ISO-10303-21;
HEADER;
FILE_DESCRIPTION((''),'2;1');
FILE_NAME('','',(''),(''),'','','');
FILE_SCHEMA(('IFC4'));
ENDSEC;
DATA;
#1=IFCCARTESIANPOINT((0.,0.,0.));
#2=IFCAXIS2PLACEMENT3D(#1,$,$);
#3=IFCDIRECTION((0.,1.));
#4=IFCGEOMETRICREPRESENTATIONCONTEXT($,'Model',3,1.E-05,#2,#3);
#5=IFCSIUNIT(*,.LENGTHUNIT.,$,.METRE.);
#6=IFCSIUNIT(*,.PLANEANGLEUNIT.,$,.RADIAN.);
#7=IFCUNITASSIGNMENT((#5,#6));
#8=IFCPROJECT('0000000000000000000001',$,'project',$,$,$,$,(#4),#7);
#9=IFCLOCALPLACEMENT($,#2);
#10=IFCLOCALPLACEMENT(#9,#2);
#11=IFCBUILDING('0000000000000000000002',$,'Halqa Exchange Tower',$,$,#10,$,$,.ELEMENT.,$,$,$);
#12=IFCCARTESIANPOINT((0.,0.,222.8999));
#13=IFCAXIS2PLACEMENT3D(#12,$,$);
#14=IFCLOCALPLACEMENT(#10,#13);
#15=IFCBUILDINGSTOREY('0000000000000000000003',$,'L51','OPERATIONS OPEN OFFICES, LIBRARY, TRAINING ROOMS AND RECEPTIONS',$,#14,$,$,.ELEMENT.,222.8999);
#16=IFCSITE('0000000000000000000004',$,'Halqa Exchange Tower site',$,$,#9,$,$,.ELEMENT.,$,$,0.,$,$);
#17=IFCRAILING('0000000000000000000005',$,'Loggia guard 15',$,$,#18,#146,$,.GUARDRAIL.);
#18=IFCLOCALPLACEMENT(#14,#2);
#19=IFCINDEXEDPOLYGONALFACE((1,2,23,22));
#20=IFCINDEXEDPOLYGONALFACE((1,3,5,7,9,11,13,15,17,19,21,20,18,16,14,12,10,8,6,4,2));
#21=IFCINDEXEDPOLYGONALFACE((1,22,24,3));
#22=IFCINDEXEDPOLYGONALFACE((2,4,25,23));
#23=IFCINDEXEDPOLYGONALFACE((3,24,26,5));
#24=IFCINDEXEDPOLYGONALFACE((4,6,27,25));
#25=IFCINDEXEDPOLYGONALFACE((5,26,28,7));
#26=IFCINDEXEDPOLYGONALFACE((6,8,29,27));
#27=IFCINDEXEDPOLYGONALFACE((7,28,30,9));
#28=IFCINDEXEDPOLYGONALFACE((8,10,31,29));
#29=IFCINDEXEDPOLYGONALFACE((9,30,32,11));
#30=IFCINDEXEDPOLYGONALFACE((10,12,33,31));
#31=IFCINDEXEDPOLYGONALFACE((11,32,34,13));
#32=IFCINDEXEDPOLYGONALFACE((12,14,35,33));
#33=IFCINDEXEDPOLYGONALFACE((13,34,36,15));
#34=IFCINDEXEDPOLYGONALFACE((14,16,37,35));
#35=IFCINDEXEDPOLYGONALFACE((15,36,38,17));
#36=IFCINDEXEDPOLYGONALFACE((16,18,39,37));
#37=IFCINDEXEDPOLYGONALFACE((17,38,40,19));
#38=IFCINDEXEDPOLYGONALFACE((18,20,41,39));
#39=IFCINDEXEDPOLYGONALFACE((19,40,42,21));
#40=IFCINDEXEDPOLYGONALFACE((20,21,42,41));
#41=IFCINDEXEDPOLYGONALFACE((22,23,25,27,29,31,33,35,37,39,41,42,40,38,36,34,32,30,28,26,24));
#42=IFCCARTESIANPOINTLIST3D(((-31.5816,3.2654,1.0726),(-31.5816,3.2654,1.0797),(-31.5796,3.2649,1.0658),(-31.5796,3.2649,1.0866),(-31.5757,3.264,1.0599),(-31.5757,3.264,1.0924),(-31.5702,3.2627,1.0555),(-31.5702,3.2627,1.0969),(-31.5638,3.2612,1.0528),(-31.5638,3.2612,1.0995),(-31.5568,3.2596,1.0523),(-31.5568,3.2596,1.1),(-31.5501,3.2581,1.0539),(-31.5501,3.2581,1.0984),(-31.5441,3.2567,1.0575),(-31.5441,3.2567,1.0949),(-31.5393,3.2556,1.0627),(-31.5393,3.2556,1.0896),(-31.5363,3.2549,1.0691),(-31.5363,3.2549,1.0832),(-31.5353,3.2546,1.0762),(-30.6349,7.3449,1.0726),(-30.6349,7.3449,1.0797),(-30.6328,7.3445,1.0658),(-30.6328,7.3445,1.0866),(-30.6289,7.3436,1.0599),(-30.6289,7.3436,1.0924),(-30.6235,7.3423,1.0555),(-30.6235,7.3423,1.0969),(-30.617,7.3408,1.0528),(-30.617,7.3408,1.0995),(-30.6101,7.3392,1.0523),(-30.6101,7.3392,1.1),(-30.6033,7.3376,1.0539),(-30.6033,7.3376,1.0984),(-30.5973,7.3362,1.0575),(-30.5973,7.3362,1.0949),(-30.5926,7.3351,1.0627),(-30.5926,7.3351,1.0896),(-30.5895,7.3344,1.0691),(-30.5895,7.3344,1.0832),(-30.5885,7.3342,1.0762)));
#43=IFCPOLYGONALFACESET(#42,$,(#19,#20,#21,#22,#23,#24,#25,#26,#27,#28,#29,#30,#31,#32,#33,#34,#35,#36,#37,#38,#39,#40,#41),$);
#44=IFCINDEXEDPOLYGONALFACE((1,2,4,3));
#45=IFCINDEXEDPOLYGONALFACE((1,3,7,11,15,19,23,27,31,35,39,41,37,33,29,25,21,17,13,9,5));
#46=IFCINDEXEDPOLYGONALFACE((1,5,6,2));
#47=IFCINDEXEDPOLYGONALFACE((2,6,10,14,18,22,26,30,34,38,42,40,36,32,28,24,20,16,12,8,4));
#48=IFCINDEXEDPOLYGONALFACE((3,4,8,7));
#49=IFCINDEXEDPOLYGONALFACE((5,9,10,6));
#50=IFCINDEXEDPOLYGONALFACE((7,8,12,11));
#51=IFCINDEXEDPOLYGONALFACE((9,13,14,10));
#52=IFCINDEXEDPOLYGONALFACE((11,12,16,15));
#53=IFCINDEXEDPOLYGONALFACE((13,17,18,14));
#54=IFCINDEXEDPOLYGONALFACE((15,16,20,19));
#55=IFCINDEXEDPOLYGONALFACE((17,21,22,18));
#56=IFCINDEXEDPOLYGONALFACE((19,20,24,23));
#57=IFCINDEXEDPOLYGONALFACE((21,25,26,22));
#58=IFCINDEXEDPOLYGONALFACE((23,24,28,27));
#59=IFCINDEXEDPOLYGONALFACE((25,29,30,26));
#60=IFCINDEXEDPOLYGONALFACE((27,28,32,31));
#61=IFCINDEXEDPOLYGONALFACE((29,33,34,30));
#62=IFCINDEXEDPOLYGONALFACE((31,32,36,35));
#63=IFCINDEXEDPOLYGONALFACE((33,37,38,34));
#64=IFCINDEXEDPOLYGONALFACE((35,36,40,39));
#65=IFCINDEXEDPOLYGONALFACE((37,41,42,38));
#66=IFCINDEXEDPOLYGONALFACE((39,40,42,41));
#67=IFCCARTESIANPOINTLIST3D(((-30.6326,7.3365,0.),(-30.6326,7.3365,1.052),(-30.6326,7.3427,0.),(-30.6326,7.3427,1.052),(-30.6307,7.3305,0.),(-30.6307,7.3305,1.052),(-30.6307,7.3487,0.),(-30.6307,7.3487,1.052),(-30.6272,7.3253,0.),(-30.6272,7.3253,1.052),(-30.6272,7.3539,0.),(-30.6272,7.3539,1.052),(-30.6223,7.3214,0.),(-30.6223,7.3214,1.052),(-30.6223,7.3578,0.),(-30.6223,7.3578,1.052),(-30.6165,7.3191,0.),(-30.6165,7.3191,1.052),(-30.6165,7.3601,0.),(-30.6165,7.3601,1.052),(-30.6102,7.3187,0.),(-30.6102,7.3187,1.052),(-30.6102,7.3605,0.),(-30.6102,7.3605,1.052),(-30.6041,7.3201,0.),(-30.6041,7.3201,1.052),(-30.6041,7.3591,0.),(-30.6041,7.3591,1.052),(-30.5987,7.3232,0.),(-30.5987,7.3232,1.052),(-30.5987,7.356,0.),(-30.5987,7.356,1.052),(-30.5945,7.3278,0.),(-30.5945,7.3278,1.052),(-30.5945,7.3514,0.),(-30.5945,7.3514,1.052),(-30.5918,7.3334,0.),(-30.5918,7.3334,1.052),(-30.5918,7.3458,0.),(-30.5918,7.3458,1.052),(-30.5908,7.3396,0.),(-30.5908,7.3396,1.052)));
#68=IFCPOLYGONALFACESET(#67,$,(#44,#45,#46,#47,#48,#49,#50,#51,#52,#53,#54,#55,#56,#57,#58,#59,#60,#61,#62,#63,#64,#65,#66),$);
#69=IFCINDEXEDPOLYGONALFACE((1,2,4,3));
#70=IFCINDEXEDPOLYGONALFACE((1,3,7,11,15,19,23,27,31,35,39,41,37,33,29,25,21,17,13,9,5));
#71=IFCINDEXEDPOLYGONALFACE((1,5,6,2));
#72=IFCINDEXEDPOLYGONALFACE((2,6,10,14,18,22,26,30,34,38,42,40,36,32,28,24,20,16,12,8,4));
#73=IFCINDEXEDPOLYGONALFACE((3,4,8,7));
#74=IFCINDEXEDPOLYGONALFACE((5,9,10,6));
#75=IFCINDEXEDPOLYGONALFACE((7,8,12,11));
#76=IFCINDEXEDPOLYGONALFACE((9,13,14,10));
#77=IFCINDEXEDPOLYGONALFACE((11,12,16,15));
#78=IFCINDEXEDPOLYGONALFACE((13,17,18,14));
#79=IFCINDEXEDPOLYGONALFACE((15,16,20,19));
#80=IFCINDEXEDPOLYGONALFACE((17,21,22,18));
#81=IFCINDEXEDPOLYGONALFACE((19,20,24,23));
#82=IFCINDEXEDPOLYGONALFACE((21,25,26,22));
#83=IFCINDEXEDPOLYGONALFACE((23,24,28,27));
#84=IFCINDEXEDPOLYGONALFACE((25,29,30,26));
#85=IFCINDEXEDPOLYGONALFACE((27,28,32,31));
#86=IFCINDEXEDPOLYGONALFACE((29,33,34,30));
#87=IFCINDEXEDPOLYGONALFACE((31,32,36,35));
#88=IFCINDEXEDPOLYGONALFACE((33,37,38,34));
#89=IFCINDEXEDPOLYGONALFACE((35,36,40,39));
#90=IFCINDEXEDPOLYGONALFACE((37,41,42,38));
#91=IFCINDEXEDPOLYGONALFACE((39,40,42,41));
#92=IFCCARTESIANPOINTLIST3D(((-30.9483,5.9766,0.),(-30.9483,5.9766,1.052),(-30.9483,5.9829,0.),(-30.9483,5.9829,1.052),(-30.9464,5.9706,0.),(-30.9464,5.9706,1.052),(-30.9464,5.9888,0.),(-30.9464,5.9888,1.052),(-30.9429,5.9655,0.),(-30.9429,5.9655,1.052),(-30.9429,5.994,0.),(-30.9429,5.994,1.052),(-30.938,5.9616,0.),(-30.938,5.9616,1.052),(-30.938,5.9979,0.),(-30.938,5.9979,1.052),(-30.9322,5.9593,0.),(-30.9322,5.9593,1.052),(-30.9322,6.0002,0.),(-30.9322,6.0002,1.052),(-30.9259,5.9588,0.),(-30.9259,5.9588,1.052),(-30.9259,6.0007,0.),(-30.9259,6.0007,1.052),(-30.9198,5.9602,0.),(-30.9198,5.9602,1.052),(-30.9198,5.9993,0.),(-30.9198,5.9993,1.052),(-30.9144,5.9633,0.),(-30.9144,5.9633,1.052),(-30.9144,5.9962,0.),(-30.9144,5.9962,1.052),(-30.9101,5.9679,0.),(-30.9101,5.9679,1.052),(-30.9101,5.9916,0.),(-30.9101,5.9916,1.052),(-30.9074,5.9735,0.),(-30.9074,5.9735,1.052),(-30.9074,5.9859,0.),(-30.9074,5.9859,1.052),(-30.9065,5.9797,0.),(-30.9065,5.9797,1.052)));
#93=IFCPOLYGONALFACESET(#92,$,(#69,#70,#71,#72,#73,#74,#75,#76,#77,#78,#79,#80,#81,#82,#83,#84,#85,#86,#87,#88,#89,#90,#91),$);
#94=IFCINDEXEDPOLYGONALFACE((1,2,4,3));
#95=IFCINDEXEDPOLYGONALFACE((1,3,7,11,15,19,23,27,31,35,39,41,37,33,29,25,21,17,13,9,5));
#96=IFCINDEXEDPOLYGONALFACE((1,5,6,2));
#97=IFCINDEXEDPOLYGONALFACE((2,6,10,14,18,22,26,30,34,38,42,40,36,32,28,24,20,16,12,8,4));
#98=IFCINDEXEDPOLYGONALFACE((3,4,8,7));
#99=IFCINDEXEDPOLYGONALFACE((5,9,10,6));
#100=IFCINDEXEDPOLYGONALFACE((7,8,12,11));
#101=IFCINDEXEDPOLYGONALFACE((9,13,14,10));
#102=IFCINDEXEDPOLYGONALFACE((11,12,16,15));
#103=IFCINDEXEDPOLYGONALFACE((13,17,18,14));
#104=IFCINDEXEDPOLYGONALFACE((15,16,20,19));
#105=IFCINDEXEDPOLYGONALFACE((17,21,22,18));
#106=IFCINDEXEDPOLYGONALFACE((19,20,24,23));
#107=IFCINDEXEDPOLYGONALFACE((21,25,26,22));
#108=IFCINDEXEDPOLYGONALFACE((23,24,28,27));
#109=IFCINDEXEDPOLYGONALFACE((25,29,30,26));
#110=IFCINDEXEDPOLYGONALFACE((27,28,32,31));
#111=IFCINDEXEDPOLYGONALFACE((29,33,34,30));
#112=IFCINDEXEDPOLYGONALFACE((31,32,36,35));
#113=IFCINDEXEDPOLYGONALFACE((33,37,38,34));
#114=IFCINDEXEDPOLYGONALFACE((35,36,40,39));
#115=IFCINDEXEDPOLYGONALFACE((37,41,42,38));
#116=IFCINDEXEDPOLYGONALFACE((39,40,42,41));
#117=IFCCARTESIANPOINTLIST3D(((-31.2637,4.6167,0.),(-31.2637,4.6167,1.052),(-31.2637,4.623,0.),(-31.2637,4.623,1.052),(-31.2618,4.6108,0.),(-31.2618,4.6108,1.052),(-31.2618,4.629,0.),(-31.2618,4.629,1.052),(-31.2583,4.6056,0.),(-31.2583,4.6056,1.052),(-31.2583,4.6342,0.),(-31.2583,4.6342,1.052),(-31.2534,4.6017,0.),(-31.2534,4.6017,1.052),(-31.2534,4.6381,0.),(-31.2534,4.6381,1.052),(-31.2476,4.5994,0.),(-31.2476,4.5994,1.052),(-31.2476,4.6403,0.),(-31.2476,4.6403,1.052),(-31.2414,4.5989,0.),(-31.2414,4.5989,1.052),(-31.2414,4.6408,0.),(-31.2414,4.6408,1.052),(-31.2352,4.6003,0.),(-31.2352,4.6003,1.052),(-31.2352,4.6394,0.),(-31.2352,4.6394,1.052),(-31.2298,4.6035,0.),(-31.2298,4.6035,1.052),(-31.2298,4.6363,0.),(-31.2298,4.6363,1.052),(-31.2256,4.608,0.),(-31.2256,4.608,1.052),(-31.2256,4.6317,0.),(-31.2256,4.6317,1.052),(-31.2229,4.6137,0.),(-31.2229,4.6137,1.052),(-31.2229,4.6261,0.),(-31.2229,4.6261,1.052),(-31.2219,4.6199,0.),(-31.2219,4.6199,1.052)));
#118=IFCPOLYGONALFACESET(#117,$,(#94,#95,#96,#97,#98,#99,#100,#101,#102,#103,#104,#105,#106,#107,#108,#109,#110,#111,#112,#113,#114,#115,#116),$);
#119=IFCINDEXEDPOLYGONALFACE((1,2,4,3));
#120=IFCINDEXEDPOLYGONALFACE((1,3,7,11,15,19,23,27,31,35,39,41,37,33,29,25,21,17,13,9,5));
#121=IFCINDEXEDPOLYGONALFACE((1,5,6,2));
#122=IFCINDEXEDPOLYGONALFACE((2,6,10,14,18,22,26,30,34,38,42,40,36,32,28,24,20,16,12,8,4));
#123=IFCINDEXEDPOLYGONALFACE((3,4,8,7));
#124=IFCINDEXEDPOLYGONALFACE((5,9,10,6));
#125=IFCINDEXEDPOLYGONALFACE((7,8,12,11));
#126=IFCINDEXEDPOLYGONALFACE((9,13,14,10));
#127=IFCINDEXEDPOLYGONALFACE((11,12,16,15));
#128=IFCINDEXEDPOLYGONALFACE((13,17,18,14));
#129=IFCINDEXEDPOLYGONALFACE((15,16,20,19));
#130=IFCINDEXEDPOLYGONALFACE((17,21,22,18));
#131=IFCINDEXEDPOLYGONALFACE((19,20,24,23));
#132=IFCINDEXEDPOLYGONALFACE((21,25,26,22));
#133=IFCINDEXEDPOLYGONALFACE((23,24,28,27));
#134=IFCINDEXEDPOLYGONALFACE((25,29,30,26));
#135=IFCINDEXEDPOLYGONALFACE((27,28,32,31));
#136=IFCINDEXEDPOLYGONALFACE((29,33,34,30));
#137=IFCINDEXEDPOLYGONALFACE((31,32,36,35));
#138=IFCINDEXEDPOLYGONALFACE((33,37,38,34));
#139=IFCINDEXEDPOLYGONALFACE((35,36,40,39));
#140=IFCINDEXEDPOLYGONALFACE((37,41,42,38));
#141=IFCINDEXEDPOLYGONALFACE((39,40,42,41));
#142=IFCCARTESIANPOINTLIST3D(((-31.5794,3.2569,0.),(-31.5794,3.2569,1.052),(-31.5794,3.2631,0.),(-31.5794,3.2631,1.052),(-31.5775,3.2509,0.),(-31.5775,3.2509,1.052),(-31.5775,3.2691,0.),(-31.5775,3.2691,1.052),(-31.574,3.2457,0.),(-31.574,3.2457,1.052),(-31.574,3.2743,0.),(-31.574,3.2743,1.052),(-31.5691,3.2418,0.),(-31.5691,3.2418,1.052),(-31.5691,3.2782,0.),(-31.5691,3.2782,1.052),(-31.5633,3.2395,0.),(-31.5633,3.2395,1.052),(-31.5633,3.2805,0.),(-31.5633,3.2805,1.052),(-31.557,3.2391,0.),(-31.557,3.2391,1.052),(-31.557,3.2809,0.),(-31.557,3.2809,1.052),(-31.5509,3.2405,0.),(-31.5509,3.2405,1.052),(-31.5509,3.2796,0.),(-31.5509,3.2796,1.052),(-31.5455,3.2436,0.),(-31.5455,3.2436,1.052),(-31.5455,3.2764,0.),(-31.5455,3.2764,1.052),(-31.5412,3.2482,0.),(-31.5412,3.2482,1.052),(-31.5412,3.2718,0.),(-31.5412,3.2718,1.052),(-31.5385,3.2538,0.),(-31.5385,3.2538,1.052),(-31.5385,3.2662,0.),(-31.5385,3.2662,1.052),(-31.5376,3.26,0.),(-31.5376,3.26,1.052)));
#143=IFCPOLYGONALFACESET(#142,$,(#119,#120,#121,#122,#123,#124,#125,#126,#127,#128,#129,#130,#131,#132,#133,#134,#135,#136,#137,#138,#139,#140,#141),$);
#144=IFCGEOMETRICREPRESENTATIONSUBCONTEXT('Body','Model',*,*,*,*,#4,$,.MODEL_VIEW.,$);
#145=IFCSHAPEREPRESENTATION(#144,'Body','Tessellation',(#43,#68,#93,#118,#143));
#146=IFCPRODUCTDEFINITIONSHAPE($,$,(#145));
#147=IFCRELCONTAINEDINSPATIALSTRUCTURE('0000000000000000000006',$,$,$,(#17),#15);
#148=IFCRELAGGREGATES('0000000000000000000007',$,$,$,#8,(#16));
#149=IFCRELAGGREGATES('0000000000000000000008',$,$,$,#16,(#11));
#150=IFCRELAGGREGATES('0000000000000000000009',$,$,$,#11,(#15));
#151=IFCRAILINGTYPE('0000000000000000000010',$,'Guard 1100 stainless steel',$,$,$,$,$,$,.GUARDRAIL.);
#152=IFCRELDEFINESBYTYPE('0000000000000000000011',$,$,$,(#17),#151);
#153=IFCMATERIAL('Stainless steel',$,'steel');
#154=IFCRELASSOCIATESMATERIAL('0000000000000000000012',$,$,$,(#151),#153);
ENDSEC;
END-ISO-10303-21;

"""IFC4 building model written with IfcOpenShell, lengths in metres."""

from ifc_helpers import new_model, si_unit, direction, frame, origin, origin_2d, place, context, subcontext, project, spatial, circle, extrude, material, type_object, element, save


model = new_model("IFC4")

# Units and contexts
model_context = context("Model", 3, precision=1e-05, world=origin(), true_north=direction((0.0, 1.0)))
body_context = subcontext(model_context, "Body", "Model", "MODEL_VIEW")
ifc_project = project(units=[si_unit("LENGTHUNIT", "METRE"), si_unit("PLANEANGLEUNIT", "RADIAN")], contexts=[model_context])

# Site, building, storey
site_placement = place(None, origin())
site = spatial("IfcSite", under=ifc_project, at=site_placement, Name="Halqa Exchange Tower site", CompositionType="ELEMENT", RefElevation=0.0)
building_placement = place(site_placement, origin())
building = spatial("IfcBuilding", under=site, at=building_placement, Name="Halqa Exchange Tower", CompositionType="ELEMENT")
storey_placement = place(building_placement, frame((0.0, 0.0, 222.8999)))
storey = spatial("IfcBuildingStorey", under=building, at=storey_placement, Name="L51", Description="OPERATIONS OPEN OFFICES, LIBRARY, TRAINING ROOMS AND RECEPTIONS", CompositionType="ELEMENT", Elevation=222.8999)

# Railing
ifc_material_1 = material(Name="Stainless steel", Category="steel")
railing_type = type_object("IfcRailingType", Name="Guard 1100 stainless steel", PredefinedType="GUARDRAIL", material=ifc_material_1)
railing_1_placement = place(storey_placement, frame((-30.6118, 7.3396, 0.0)))
element("IfcRailing", 1, at=railing_1_placement, inside=storey, type_object=railing_type, Name="Loggia guard 15", PredefinedType="GUARDRAIL", context=body_context, shape_type="SweptSolid", body=[
    extrude(circle(Radius=0.0239, at=origin_2d()), frame((0.0, 0.0, 1.0762), z_axis=(-0.226068, -0.974111, 0.0), x_axis=(0.974111, -0.226068, 0.0)), (0.0, 0.0, 1.0), 4.188),
    extrude(circle(Radius=0.021, at=origin_2d()), origin(), (0.0, 0.0, 1.0), 1.052),
    extrude(circle(Radius=0.021, at=origin_2d()), frame((-0.3157, -1.3599, 0.0)), (0.0, 0.0, 1.0), 1.052),
    extrude(circle(Radius=0.021, at=origin_2d()), frame((-0.6311, -2.7197, 0.0)), (0.0, 0.0, 1.0), 1.052),
    extrude(circle(Radius=0.021, at=origin_2d()), frame((-0.9468, -4.0796, 0.0)), (0.0, 0.0, 1.0), 1.052),
])

save(model, "model.ifc")
